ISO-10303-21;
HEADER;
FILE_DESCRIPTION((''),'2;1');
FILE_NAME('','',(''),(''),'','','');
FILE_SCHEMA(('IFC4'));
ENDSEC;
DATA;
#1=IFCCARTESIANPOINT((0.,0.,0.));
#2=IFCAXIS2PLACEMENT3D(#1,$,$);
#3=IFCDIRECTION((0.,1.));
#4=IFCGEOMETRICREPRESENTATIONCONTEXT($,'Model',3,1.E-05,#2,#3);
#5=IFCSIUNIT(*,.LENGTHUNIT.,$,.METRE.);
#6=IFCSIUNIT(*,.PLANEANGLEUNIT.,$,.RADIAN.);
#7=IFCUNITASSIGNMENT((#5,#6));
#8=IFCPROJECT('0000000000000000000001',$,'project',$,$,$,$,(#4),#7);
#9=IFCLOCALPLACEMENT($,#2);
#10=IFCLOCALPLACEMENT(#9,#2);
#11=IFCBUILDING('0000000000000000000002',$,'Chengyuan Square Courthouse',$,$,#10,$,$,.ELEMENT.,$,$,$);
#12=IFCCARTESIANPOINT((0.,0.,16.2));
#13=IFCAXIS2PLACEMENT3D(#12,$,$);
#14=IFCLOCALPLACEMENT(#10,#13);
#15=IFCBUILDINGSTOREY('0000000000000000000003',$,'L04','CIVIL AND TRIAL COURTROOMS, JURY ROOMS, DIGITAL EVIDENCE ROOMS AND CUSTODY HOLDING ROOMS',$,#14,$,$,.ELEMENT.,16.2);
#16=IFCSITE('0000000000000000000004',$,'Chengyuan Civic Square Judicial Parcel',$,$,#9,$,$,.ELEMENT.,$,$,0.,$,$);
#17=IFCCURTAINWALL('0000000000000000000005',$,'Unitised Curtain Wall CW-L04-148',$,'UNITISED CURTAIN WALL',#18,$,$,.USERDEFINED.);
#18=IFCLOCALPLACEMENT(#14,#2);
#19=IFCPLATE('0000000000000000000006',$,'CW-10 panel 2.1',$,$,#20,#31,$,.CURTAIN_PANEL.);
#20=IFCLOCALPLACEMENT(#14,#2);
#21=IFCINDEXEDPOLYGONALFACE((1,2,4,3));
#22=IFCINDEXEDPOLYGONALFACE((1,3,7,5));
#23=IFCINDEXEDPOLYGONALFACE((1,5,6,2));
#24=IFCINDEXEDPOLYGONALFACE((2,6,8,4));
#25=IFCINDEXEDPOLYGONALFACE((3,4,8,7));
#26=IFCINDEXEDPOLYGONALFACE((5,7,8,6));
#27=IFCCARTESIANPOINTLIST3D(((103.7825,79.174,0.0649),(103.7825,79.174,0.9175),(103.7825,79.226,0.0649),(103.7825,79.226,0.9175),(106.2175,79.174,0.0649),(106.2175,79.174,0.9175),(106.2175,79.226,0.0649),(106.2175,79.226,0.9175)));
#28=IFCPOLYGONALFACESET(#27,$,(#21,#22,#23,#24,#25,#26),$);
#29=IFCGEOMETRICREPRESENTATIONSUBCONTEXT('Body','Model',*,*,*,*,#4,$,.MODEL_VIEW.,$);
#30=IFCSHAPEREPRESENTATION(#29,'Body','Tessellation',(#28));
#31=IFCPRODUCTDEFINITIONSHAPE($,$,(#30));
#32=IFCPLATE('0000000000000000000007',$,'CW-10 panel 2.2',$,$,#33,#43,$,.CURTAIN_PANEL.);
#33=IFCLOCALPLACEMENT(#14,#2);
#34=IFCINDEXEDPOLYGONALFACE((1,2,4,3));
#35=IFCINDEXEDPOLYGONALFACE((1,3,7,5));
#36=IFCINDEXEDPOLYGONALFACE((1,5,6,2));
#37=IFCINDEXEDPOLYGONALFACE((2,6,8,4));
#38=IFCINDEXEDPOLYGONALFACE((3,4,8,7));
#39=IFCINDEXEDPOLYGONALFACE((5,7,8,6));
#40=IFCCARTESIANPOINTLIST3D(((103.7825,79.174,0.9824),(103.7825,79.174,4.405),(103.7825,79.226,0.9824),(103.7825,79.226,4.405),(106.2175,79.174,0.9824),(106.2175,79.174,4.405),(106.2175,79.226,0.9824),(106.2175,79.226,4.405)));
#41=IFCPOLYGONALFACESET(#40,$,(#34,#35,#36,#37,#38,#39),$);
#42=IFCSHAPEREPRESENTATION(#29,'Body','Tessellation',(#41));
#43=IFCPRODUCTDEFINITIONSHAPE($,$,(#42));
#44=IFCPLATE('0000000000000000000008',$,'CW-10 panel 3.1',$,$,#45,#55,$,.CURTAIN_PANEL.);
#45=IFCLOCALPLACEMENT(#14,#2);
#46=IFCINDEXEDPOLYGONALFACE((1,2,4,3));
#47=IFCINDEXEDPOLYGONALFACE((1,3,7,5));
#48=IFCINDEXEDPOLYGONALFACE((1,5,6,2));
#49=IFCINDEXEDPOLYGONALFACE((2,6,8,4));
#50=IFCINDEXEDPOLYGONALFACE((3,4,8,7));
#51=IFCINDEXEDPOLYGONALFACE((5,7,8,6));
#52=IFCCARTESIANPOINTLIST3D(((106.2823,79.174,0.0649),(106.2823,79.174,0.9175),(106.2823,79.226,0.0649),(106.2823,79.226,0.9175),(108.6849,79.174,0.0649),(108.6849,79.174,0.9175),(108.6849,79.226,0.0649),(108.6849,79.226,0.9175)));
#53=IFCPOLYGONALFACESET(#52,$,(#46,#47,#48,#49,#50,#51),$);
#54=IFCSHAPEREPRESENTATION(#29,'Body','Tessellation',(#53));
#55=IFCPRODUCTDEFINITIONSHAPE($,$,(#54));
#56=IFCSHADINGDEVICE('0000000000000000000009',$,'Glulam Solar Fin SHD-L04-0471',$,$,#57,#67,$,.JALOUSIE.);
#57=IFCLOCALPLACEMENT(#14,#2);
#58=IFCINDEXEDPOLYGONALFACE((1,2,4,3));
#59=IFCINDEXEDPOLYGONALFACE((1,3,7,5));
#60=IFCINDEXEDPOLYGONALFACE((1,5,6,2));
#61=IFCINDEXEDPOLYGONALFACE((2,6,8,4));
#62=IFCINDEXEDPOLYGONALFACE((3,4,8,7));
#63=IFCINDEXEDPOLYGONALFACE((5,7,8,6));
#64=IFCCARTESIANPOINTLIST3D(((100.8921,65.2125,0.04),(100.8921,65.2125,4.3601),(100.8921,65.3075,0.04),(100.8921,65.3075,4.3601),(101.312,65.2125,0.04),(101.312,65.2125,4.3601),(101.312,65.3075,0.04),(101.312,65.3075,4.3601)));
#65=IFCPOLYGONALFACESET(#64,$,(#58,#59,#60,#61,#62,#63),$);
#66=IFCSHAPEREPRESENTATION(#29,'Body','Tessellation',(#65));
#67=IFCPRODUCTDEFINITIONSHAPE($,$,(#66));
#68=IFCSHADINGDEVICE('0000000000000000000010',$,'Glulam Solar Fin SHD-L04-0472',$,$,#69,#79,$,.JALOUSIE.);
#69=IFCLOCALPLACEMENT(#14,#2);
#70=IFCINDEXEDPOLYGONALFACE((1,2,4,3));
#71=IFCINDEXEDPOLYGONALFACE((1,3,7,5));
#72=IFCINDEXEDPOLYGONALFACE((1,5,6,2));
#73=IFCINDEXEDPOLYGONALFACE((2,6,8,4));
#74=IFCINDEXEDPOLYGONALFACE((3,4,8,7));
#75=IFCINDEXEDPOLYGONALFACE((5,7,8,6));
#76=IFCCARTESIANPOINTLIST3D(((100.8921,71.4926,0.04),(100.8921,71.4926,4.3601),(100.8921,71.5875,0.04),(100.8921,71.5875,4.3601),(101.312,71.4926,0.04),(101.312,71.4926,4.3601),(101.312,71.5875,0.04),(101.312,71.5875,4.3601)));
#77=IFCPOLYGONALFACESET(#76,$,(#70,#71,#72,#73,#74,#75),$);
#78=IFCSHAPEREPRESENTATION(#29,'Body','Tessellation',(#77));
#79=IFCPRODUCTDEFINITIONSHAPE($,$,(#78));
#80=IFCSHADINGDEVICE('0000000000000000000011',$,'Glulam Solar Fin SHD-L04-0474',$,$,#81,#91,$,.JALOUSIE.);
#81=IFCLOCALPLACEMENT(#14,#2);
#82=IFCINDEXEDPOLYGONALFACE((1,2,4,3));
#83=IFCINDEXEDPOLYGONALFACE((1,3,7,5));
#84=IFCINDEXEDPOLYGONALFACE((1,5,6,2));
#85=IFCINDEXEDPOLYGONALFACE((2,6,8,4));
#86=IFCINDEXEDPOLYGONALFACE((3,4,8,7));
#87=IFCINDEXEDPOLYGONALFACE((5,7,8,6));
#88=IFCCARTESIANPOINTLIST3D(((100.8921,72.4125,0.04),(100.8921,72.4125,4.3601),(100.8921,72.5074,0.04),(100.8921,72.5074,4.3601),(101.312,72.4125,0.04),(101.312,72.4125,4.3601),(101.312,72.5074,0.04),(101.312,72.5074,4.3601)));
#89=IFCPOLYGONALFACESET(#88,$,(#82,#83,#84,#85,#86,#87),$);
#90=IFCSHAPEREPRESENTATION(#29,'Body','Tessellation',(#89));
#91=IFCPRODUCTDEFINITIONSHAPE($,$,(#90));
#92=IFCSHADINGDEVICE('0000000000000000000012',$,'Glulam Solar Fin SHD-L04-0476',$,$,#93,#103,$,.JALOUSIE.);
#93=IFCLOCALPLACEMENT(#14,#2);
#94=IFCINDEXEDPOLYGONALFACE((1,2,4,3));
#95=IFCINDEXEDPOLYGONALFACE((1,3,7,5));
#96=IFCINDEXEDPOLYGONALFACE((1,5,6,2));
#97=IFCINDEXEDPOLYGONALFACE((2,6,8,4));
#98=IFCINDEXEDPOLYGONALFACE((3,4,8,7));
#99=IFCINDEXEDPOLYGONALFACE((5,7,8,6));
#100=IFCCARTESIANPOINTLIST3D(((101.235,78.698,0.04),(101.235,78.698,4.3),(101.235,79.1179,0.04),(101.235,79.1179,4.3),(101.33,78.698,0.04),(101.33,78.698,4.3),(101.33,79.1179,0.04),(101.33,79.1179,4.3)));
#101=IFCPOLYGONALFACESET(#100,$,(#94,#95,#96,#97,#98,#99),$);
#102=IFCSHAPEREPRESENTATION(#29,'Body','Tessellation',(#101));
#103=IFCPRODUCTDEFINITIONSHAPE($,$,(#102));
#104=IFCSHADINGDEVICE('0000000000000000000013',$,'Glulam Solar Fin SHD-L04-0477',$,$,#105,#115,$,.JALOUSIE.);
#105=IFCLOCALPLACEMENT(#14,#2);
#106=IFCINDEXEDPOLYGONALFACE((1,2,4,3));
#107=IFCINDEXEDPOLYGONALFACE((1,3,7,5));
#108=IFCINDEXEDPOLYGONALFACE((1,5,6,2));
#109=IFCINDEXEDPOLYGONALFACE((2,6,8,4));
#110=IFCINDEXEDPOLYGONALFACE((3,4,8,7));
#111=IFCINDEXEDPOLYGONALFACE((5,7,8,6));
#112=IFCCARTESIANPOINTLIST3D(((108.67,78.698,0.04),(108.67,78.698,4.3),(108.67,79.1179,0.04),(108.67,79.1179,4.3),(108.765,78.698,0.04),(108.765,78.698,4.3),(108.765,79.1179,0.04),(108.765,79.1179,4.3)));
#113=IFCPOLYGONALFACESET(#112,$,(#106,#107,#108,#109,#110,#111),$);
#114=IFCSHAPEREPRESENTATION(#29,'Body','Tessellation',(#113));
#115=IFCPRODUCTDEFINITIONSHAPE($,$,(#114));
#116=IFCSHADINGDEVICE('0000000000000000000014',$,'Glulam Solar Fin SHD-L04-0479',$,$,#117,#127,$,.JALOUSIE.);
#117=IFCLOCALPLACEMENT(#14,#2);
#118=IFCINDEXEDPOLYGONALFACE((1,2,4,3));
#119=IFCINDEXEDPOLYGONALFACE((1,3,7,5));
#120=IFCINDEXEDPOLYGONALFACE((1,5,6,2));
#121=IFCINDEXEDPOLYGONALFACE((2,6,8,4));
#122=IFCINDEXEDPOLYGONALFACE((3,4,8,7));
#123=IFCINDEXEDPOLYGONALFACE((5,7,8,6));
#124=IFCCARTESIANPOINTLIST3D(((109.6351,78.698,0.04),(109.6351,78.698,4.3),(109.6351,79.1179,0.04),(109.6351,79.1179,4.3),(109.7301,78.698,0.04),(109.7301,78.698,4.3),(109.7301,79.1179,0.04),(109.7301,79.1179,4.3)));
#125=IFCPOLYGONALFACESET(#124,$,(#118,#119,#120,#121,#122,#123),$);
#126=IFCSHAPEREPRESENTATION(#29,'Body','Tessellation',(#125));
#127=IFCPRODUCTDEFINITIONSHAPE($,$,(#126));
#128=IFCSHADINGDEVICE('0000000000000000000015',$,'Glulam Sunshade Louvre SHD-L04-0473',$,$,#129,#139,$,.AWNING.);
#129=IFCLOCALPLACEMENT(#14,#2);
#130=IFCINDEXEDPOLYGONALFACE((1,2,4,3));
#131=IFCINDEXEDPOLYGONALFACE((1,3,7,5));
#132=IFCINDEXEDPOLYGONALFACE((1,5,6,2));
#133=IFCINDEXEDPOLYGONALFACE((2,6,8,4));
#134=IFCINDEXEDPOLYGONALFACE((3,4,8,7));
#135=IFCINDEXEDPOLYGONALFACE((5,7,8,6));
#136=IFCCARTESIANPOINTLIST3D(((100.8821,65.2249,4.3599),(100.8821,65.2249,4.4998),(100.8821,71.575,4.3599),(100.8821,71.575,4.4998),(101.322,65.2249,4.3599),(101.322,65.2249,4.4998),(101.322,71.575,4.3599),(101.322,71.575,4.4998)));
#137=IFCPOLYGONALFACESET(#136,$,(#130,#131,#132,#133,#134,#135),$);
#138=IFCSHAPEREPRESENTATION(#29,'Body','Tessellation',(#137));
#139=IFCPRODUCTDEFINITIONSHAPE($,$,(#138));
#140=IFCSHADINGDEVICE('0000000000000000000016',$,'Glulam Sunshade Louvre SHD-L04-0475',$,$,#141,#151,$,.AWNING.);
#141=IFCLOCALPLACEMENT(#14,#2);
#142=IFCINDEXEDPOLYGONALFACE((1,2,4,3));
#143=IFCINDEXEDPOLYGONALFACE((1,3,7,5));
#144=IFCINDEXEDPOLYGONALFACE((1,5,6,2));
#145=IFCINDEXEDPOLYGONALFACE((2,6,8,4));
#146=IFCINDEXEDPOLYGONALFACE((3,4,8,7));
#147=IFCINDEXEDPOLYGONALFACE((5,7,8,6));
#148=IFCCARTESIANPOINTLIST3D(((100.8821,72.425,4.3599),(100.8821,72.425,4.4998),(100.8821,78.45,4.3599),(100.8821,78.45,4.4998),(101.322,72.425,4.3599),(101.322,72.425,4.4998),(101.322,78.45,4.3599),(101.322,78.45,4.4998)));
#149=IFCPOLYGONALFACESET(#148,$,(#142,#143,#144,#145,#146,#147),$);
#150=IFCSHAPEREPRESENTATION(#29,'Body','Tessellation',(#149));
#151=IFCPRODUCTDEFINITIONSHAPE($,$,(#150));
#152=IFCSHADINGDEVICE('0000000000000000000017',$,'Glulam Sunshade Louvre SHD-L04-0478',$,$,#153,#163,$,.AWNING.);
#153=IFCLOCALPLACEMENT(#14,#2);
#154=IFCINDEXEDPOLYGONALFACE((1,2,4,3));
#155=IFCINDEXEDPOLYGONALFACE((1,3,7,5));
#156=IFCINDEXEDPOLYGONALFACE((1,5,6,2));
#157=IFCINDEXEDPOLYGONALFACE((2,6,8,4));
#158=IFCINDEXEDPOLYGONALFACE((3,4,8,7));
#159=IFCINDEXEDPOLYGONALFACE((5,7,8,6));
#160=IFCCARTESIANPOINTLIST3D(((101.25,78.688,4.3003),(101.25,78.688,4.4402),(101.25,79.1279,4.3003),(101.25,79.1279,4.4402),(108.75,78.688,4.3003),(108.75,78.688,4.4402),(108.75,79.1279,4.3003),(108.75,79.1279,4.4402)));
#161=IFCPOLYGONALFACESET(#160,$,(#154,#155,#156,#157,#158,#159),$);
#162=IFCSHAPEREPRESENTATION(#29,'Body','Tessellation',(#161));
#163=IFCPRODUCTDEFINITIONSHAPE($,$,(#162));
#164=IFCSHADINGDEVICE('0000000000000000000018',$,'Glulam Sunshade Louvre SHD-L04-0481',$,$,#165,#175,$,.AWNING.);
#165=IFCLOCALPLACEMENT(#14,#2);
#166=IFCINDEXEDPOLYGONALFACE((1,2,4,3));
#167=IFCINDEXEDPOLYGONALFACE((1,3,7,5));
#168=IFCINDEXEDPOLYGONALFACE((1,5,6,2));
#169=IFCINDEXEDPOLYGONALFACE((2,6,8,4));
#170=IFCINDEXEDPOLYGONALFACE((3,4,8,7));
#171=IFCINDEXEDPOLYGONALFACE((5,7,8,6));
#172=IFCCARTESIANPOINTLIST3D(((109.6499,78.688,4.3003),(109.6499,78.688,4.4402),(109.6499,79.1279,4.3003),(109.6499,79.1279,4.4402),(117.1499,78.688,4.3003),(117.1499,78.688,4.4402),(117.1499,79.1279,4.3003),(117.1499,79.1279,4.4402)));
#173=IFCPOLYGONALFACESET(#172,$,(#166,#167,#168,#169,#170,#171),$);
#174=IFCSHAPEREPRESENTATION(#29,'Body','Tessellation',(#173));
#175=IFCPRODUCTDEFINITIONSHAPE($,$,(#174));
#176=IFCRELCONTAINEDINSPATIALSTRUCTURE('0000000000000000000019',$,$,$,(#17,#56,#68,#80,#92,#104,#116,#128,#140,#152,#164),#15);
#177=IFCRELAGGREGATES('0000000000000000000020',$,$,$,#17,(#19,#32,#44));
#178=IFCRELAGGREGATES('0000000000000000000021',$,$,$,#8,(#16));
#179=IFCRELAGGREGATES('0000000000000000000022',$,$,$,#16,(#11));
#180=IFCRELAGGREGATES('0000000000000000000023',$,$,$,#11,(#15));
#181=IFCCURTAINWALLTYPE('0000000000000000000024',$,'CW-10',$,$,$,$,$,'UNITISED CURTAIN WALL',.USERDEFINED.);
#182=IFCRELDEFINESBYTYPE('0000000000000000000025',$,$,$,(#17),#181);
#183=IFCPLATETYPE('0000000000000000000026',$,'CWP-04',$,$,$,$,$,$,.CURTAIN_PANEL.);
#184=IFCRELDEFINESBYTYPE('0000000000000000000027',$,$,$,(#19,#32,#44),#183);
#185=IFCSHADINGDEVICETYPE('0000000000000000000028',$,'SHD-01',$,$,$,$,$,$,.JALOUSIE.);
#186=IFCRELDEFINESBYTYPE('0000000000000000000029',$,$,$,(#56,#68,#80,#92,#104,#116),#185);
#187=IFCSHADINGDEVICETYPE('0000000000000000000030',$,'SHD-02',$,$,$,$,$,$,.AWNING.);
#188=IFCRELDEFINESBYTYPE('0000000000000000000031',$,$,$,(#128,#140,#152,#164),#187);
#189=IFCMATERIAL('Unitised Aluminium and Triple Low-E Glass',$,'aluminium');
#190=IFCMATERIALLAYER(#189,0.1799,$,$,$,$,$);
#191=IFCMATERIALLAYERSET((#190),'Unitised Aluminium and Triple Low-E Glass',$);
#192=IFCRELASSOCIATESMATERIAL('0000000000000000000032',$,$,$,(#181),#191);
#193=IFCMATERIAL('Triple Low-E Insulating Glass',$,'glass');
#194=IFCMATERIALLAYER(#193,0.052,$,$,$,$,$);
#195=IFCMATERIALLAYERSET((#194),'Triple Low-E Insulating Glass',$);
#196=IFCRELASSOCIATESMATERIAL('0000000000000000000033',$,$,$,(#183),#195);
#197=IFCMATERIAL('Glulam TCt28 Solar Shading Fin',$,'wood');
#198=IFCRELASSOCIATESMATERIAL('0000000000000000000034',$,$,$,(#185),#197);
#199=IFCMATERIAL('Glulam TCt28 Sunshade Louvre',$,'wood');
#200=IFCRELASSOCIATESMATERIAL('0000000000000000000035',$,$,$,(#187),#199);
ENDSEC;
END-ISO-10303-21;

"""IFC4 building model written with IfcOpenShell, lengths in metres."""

from ifc_helpers import new_model, si_unit, direction, frame, origin, origin_2d, place, context, subcontext, project, spatial, rectangle, extrude, material, layer, layer_set, type_object, element, aggregate, save


model = new_model("IFC4")

# Units and contexts
model_context = context("Model", 3, precision=1e-05, world=origin(), true_north=direction((0.0, 1.0)))
body_context = subcontext(model_context, "Body", "Model", "MODEL_VIEW")
ifc_project = project(units=[si_unit("LENGTHUNIT", "METRE"), si_unit("PLANEANGLEUNIT", "RADIAN")], contexts=[model_context])

# Site, building, storey
site_placement = place(None, origin())
site = spatial("IfcSite", under=ifc_project, at=site_placement, Name="Chengyuan Civic Square Judicial Parcel", CompositionType="ELEMENT", RefElevation=0.0)
building_placement = place(site_placement, origin())
building = spatial("IfcBuilding", under=site, at=building_placement, Name="Chengyuan Square Courthouse", CompositionType="ELEMENT")
storey_placement = place(building_placement, frame((0.0, 0.0, 16.2)))
storey = spatial("IfcBuildingStorey", under=building, at=storey_placement, Name="L04", Description="CIVIL AND TRIAL COURTROOMS, JURY ROOMS, DIGITAL EVIDENCE ROOMS AND CUSTODY HOLDING ROOMS", CompositionType="ELEMENT", Elevation=16.2)

# Curtain wall, plates
ifc_material_1 = material(Name="Unitised Aluminium and Triple Low-E Glass", Category="aluminium")
ifc_layer_1 = layer(ifc_material_1, 0.1799)
ifc_layer_set_1 = layer_set([ifc_layer_1], Name="Unitised Aluminium and Triple Low-E Glass")
curtain_wall_type = type_object("IfcCurtainWallType", Name="CW-10", ElementType="UNITISED CURTAIN WALL", PredefinedType="USERDEFINED", material=ifc_layer_set_1)
curtain_wall_placement = place(storey_placement, origin())
curtain_wall = element("IfcCurtainWall", 1, at=curtain_wall_placement, inside=storey, type_object=curtain_wall_type, Name="Unitised Curtain Wall CW-L04-148", ObjectType="UNITISED CURTAIN WALL", PredefinedType="USERDEFINED")
ifc_material_2 = material(Name="Triple Low-E Insulating Glass", Category="glass")
ifc_layer_2 = layer(ifc_material_2, 0.052)
ifc_layer_set_2 = layer_set([ifc_layer_2], Name="Triple Low-E Insulating Glass")
plate_type = type_object("IfcPlateType", Name="CWP-04", PredefinedType="CURTAIN_PANEL", material=ifc_layer_set_2)
plate_1_placement = place(storey_placement, frame((105.0, 79.2, 0.0649), z_axis=(0.0, 0.0, 1.0), x_axis=(1.0, 0.0, 0.0)))
plate_1 = element("IfcPlate", 2, at=plate_1_placement, type_object=plate_type, Name="CW-10 panel 2.1", PredefinedType="CURTAIN_PANEL", context=body_context, shape_type="SweptSolid", body=[
    extrude(rectangle(XDim=2.4351, YDim=0.052, at=origin_2d()), origin(), (0.0, 0.0, 1.0), 0.8525),
])
plate_2_placement = place(storey_placement, frame((105.0, 79.2, 0.9824), z_axis=(0.0, 0.0, 1.0), x_axis=(1.0, 0.0, 0.0)))
plate_2 = element("IfcPlate", 3, at=plate_2_placement, type_object=plate_type, Name="CW-10 panel 2.2", PredefinedType="CURTAIN_PANEL", context=body_context, shape_type="SweptSolid", body=[
    extrude(rectangle(XDim=2.4351, YDim=0.052, at=origin_2d()), origin(), (0.0, 0.0, 1.0), 3.4226),
])
plate_3_placement = place(storey_placement, frame((107.4836, 79.2, 0.0649), z_axis=(0.0, 0.0, 1.0), x_axis=(1.0, 0.0, 0.0)))
plate_3 = element("IfcPlate", 4, at=plate_3_placement, type_object=plate_type, Name="CW-10 panel 3.1", PredefinedType="CURTAIN_PANEL", context=body_context, shape_type="SweptSolid", body=[
    extrude(rectangle(XDim=2.4026, YDim=0.052, at=origin_2d()), origin(), (0.0, 0.0, 1.0), 0.8525),
])
aggregate(curtain_wall, [plate_1, plate_2, plate_3])

# Shading devices
ifc_material_3 = material(Name="Glulam TCt28 Solar Shading Fin", Category="wood")
shading_device_type_1 = type_object("IfcShadingDeviceType", Name="SHD-01", PredefinedType="JALOUSIE", material=ifc_material_3)
for number, where, z_axis, x_axis, name in (
    (5, (101.1021, 65.26, 0.04), (0.0, 0.0, 1.0), (1.0, 0.0, 0.0), "Glulam Solar Fin SHD-L04-0471"),
    (6, (101.1021, 71.54, 0.04), (0.0, 0.0, 1.0), (1.0, 0.0, 0.0), "Glulam Solar Fin SHD-L04-0472"),
    (7, (101.1021, 72.46, 0.04), (0.0, 0.0, 1.0), (1.0, 0.0, 0.0), "Glulam Solar Fin SHD-L04-0474"),
):
    element("IfcShadingDevice", number, at=place(storey_placement, frame(where, z_axis=z_axis, x_axis=x_axis)), inside=storey, type_object=shading_device_type_1, Name=name, PredefinedType="JALOUSIE", context=body_context, shape_type="SweptSolid", body=[
        extrude(rectangle(XDim=0.4199, YDim=0.095, at=origin_2d()), origin(), (0.0, 0.0, 1.0), 4.3201),
    ])
for number, where, z_axis, x_axis, name in (
    (8, (101.2825, 78.908, 0.04), (0.0, 0.0, 1.0), (0.0, 1.0, 0.0), "Glulam Solar Fin SHD-L04-0476"),
    (9, (108.7175, 78.908, 0.04), (0.0, 0.0, 1.0), (0.0, 1.0, 0.0), "Glulam Solar Fin SHD-L04-0477"),
    (10, (109.6826, 78.908, 0.04), (0.0, 0.0, 1.0), (0.0, 1.0, 0.0), "Glulam Solar Fin SHD-L04-0479"),
):
    element("IfcShadingDevice", number, at=place(storey_placement, frame(where, z_axis=z_axis, x_axis=x_axis)), inside=storey, type_object=shading_device_type_1, Name=name, PredefinedType="JALOUSIE", context=body_context, shape_type="SweptSolid", body=[
        extrude(rectangle(XDim=0.4199, YDim=0.095, at=origin_2d()), origin(), (0.0, 0.0, 1.0), 4.26),
    ])
ifc_material_4 = material(Name="Glulam TCt28 Sunshade Louvre", Category="wood")
shading_device_type_2 = type_object("IfcShadingDeviceType", Name="SHD-02", PredefinedType="AWNING", material=ifc_material_4)
shading_device_1_placement = place(storey_placement, frame((101.1021, 68.3999, 4.3599), z_axis=(0.0, 0.0, 1.0), x_axis=(0.0, 1.0, 0.0)))
element("IfcShadingDevice", 11, at=shading_device_1_placement, inside=storey, type_object=shading_device_type_2, Name="Glulam Sunshade Louvre SHD-L04-0473", PredefinedType="AWNING", context=body_context, shape_type="SweptSolid", body=[
    extrude(rectangle(XDim=6.3501, YDim=0.4399, at=origin_2d()), origin(), (0.0, 0.0, 1.0), 0.1399),
])
shading_device_2_placement = place(storey_placement, frame((101.1021, 75.4375, 4.3599), z_axis=(0.0, 0.0, 1.0), x_axis=(0.0, 1.0, 0.0)))
element("IfcShadingDevice", 12, at=shading_device_2_placement, inside=storey, type_object=shading_device_type_2, Name="Glulam Sunshade Louvre SHD-L04-0475", PredefinedType="AWNING", context=body_context, shape_type="SweptSolid", body=[
    extrude(rectangle(XDim=6.0249, YDim=0.4399, at=origin_2d()), origin(), (0.0, 0.0, 1.0), 0.1399),
])
for number, where, z_axis, x_axis, name in (
    (13, (105.0, 78.908, 4.3003), (0.0, 0.0, 1.0), (1.0, 0.0, 0.0), "Glulam Sunshade Louvre SHD-L04-0478"),
    (14, (113.3999, 78.908, 4.3003), (0.0, 0.0, 1.0), (1.0, 0.0, 0.0), "Glulam Sunshade Louvre SHD-L04-0481"),
):
    element("IfcShadingDevice", number, at=place(storey_placement, frame(where, z_axis=z_axis, x_axis=x_axis)), inside=storey, type_object=shading_device_type_2, Name=name, PredefinedType="AWNING", context=body_context, shape_type="SweptSolid", body=[
        extrude(rectangle(XDim=7.5, YDim=0.4399, at=origin_2d()), origin(), (0.0, 0.0, 1.0), 0.1399),
    ])

save(model, "model.ifc")
